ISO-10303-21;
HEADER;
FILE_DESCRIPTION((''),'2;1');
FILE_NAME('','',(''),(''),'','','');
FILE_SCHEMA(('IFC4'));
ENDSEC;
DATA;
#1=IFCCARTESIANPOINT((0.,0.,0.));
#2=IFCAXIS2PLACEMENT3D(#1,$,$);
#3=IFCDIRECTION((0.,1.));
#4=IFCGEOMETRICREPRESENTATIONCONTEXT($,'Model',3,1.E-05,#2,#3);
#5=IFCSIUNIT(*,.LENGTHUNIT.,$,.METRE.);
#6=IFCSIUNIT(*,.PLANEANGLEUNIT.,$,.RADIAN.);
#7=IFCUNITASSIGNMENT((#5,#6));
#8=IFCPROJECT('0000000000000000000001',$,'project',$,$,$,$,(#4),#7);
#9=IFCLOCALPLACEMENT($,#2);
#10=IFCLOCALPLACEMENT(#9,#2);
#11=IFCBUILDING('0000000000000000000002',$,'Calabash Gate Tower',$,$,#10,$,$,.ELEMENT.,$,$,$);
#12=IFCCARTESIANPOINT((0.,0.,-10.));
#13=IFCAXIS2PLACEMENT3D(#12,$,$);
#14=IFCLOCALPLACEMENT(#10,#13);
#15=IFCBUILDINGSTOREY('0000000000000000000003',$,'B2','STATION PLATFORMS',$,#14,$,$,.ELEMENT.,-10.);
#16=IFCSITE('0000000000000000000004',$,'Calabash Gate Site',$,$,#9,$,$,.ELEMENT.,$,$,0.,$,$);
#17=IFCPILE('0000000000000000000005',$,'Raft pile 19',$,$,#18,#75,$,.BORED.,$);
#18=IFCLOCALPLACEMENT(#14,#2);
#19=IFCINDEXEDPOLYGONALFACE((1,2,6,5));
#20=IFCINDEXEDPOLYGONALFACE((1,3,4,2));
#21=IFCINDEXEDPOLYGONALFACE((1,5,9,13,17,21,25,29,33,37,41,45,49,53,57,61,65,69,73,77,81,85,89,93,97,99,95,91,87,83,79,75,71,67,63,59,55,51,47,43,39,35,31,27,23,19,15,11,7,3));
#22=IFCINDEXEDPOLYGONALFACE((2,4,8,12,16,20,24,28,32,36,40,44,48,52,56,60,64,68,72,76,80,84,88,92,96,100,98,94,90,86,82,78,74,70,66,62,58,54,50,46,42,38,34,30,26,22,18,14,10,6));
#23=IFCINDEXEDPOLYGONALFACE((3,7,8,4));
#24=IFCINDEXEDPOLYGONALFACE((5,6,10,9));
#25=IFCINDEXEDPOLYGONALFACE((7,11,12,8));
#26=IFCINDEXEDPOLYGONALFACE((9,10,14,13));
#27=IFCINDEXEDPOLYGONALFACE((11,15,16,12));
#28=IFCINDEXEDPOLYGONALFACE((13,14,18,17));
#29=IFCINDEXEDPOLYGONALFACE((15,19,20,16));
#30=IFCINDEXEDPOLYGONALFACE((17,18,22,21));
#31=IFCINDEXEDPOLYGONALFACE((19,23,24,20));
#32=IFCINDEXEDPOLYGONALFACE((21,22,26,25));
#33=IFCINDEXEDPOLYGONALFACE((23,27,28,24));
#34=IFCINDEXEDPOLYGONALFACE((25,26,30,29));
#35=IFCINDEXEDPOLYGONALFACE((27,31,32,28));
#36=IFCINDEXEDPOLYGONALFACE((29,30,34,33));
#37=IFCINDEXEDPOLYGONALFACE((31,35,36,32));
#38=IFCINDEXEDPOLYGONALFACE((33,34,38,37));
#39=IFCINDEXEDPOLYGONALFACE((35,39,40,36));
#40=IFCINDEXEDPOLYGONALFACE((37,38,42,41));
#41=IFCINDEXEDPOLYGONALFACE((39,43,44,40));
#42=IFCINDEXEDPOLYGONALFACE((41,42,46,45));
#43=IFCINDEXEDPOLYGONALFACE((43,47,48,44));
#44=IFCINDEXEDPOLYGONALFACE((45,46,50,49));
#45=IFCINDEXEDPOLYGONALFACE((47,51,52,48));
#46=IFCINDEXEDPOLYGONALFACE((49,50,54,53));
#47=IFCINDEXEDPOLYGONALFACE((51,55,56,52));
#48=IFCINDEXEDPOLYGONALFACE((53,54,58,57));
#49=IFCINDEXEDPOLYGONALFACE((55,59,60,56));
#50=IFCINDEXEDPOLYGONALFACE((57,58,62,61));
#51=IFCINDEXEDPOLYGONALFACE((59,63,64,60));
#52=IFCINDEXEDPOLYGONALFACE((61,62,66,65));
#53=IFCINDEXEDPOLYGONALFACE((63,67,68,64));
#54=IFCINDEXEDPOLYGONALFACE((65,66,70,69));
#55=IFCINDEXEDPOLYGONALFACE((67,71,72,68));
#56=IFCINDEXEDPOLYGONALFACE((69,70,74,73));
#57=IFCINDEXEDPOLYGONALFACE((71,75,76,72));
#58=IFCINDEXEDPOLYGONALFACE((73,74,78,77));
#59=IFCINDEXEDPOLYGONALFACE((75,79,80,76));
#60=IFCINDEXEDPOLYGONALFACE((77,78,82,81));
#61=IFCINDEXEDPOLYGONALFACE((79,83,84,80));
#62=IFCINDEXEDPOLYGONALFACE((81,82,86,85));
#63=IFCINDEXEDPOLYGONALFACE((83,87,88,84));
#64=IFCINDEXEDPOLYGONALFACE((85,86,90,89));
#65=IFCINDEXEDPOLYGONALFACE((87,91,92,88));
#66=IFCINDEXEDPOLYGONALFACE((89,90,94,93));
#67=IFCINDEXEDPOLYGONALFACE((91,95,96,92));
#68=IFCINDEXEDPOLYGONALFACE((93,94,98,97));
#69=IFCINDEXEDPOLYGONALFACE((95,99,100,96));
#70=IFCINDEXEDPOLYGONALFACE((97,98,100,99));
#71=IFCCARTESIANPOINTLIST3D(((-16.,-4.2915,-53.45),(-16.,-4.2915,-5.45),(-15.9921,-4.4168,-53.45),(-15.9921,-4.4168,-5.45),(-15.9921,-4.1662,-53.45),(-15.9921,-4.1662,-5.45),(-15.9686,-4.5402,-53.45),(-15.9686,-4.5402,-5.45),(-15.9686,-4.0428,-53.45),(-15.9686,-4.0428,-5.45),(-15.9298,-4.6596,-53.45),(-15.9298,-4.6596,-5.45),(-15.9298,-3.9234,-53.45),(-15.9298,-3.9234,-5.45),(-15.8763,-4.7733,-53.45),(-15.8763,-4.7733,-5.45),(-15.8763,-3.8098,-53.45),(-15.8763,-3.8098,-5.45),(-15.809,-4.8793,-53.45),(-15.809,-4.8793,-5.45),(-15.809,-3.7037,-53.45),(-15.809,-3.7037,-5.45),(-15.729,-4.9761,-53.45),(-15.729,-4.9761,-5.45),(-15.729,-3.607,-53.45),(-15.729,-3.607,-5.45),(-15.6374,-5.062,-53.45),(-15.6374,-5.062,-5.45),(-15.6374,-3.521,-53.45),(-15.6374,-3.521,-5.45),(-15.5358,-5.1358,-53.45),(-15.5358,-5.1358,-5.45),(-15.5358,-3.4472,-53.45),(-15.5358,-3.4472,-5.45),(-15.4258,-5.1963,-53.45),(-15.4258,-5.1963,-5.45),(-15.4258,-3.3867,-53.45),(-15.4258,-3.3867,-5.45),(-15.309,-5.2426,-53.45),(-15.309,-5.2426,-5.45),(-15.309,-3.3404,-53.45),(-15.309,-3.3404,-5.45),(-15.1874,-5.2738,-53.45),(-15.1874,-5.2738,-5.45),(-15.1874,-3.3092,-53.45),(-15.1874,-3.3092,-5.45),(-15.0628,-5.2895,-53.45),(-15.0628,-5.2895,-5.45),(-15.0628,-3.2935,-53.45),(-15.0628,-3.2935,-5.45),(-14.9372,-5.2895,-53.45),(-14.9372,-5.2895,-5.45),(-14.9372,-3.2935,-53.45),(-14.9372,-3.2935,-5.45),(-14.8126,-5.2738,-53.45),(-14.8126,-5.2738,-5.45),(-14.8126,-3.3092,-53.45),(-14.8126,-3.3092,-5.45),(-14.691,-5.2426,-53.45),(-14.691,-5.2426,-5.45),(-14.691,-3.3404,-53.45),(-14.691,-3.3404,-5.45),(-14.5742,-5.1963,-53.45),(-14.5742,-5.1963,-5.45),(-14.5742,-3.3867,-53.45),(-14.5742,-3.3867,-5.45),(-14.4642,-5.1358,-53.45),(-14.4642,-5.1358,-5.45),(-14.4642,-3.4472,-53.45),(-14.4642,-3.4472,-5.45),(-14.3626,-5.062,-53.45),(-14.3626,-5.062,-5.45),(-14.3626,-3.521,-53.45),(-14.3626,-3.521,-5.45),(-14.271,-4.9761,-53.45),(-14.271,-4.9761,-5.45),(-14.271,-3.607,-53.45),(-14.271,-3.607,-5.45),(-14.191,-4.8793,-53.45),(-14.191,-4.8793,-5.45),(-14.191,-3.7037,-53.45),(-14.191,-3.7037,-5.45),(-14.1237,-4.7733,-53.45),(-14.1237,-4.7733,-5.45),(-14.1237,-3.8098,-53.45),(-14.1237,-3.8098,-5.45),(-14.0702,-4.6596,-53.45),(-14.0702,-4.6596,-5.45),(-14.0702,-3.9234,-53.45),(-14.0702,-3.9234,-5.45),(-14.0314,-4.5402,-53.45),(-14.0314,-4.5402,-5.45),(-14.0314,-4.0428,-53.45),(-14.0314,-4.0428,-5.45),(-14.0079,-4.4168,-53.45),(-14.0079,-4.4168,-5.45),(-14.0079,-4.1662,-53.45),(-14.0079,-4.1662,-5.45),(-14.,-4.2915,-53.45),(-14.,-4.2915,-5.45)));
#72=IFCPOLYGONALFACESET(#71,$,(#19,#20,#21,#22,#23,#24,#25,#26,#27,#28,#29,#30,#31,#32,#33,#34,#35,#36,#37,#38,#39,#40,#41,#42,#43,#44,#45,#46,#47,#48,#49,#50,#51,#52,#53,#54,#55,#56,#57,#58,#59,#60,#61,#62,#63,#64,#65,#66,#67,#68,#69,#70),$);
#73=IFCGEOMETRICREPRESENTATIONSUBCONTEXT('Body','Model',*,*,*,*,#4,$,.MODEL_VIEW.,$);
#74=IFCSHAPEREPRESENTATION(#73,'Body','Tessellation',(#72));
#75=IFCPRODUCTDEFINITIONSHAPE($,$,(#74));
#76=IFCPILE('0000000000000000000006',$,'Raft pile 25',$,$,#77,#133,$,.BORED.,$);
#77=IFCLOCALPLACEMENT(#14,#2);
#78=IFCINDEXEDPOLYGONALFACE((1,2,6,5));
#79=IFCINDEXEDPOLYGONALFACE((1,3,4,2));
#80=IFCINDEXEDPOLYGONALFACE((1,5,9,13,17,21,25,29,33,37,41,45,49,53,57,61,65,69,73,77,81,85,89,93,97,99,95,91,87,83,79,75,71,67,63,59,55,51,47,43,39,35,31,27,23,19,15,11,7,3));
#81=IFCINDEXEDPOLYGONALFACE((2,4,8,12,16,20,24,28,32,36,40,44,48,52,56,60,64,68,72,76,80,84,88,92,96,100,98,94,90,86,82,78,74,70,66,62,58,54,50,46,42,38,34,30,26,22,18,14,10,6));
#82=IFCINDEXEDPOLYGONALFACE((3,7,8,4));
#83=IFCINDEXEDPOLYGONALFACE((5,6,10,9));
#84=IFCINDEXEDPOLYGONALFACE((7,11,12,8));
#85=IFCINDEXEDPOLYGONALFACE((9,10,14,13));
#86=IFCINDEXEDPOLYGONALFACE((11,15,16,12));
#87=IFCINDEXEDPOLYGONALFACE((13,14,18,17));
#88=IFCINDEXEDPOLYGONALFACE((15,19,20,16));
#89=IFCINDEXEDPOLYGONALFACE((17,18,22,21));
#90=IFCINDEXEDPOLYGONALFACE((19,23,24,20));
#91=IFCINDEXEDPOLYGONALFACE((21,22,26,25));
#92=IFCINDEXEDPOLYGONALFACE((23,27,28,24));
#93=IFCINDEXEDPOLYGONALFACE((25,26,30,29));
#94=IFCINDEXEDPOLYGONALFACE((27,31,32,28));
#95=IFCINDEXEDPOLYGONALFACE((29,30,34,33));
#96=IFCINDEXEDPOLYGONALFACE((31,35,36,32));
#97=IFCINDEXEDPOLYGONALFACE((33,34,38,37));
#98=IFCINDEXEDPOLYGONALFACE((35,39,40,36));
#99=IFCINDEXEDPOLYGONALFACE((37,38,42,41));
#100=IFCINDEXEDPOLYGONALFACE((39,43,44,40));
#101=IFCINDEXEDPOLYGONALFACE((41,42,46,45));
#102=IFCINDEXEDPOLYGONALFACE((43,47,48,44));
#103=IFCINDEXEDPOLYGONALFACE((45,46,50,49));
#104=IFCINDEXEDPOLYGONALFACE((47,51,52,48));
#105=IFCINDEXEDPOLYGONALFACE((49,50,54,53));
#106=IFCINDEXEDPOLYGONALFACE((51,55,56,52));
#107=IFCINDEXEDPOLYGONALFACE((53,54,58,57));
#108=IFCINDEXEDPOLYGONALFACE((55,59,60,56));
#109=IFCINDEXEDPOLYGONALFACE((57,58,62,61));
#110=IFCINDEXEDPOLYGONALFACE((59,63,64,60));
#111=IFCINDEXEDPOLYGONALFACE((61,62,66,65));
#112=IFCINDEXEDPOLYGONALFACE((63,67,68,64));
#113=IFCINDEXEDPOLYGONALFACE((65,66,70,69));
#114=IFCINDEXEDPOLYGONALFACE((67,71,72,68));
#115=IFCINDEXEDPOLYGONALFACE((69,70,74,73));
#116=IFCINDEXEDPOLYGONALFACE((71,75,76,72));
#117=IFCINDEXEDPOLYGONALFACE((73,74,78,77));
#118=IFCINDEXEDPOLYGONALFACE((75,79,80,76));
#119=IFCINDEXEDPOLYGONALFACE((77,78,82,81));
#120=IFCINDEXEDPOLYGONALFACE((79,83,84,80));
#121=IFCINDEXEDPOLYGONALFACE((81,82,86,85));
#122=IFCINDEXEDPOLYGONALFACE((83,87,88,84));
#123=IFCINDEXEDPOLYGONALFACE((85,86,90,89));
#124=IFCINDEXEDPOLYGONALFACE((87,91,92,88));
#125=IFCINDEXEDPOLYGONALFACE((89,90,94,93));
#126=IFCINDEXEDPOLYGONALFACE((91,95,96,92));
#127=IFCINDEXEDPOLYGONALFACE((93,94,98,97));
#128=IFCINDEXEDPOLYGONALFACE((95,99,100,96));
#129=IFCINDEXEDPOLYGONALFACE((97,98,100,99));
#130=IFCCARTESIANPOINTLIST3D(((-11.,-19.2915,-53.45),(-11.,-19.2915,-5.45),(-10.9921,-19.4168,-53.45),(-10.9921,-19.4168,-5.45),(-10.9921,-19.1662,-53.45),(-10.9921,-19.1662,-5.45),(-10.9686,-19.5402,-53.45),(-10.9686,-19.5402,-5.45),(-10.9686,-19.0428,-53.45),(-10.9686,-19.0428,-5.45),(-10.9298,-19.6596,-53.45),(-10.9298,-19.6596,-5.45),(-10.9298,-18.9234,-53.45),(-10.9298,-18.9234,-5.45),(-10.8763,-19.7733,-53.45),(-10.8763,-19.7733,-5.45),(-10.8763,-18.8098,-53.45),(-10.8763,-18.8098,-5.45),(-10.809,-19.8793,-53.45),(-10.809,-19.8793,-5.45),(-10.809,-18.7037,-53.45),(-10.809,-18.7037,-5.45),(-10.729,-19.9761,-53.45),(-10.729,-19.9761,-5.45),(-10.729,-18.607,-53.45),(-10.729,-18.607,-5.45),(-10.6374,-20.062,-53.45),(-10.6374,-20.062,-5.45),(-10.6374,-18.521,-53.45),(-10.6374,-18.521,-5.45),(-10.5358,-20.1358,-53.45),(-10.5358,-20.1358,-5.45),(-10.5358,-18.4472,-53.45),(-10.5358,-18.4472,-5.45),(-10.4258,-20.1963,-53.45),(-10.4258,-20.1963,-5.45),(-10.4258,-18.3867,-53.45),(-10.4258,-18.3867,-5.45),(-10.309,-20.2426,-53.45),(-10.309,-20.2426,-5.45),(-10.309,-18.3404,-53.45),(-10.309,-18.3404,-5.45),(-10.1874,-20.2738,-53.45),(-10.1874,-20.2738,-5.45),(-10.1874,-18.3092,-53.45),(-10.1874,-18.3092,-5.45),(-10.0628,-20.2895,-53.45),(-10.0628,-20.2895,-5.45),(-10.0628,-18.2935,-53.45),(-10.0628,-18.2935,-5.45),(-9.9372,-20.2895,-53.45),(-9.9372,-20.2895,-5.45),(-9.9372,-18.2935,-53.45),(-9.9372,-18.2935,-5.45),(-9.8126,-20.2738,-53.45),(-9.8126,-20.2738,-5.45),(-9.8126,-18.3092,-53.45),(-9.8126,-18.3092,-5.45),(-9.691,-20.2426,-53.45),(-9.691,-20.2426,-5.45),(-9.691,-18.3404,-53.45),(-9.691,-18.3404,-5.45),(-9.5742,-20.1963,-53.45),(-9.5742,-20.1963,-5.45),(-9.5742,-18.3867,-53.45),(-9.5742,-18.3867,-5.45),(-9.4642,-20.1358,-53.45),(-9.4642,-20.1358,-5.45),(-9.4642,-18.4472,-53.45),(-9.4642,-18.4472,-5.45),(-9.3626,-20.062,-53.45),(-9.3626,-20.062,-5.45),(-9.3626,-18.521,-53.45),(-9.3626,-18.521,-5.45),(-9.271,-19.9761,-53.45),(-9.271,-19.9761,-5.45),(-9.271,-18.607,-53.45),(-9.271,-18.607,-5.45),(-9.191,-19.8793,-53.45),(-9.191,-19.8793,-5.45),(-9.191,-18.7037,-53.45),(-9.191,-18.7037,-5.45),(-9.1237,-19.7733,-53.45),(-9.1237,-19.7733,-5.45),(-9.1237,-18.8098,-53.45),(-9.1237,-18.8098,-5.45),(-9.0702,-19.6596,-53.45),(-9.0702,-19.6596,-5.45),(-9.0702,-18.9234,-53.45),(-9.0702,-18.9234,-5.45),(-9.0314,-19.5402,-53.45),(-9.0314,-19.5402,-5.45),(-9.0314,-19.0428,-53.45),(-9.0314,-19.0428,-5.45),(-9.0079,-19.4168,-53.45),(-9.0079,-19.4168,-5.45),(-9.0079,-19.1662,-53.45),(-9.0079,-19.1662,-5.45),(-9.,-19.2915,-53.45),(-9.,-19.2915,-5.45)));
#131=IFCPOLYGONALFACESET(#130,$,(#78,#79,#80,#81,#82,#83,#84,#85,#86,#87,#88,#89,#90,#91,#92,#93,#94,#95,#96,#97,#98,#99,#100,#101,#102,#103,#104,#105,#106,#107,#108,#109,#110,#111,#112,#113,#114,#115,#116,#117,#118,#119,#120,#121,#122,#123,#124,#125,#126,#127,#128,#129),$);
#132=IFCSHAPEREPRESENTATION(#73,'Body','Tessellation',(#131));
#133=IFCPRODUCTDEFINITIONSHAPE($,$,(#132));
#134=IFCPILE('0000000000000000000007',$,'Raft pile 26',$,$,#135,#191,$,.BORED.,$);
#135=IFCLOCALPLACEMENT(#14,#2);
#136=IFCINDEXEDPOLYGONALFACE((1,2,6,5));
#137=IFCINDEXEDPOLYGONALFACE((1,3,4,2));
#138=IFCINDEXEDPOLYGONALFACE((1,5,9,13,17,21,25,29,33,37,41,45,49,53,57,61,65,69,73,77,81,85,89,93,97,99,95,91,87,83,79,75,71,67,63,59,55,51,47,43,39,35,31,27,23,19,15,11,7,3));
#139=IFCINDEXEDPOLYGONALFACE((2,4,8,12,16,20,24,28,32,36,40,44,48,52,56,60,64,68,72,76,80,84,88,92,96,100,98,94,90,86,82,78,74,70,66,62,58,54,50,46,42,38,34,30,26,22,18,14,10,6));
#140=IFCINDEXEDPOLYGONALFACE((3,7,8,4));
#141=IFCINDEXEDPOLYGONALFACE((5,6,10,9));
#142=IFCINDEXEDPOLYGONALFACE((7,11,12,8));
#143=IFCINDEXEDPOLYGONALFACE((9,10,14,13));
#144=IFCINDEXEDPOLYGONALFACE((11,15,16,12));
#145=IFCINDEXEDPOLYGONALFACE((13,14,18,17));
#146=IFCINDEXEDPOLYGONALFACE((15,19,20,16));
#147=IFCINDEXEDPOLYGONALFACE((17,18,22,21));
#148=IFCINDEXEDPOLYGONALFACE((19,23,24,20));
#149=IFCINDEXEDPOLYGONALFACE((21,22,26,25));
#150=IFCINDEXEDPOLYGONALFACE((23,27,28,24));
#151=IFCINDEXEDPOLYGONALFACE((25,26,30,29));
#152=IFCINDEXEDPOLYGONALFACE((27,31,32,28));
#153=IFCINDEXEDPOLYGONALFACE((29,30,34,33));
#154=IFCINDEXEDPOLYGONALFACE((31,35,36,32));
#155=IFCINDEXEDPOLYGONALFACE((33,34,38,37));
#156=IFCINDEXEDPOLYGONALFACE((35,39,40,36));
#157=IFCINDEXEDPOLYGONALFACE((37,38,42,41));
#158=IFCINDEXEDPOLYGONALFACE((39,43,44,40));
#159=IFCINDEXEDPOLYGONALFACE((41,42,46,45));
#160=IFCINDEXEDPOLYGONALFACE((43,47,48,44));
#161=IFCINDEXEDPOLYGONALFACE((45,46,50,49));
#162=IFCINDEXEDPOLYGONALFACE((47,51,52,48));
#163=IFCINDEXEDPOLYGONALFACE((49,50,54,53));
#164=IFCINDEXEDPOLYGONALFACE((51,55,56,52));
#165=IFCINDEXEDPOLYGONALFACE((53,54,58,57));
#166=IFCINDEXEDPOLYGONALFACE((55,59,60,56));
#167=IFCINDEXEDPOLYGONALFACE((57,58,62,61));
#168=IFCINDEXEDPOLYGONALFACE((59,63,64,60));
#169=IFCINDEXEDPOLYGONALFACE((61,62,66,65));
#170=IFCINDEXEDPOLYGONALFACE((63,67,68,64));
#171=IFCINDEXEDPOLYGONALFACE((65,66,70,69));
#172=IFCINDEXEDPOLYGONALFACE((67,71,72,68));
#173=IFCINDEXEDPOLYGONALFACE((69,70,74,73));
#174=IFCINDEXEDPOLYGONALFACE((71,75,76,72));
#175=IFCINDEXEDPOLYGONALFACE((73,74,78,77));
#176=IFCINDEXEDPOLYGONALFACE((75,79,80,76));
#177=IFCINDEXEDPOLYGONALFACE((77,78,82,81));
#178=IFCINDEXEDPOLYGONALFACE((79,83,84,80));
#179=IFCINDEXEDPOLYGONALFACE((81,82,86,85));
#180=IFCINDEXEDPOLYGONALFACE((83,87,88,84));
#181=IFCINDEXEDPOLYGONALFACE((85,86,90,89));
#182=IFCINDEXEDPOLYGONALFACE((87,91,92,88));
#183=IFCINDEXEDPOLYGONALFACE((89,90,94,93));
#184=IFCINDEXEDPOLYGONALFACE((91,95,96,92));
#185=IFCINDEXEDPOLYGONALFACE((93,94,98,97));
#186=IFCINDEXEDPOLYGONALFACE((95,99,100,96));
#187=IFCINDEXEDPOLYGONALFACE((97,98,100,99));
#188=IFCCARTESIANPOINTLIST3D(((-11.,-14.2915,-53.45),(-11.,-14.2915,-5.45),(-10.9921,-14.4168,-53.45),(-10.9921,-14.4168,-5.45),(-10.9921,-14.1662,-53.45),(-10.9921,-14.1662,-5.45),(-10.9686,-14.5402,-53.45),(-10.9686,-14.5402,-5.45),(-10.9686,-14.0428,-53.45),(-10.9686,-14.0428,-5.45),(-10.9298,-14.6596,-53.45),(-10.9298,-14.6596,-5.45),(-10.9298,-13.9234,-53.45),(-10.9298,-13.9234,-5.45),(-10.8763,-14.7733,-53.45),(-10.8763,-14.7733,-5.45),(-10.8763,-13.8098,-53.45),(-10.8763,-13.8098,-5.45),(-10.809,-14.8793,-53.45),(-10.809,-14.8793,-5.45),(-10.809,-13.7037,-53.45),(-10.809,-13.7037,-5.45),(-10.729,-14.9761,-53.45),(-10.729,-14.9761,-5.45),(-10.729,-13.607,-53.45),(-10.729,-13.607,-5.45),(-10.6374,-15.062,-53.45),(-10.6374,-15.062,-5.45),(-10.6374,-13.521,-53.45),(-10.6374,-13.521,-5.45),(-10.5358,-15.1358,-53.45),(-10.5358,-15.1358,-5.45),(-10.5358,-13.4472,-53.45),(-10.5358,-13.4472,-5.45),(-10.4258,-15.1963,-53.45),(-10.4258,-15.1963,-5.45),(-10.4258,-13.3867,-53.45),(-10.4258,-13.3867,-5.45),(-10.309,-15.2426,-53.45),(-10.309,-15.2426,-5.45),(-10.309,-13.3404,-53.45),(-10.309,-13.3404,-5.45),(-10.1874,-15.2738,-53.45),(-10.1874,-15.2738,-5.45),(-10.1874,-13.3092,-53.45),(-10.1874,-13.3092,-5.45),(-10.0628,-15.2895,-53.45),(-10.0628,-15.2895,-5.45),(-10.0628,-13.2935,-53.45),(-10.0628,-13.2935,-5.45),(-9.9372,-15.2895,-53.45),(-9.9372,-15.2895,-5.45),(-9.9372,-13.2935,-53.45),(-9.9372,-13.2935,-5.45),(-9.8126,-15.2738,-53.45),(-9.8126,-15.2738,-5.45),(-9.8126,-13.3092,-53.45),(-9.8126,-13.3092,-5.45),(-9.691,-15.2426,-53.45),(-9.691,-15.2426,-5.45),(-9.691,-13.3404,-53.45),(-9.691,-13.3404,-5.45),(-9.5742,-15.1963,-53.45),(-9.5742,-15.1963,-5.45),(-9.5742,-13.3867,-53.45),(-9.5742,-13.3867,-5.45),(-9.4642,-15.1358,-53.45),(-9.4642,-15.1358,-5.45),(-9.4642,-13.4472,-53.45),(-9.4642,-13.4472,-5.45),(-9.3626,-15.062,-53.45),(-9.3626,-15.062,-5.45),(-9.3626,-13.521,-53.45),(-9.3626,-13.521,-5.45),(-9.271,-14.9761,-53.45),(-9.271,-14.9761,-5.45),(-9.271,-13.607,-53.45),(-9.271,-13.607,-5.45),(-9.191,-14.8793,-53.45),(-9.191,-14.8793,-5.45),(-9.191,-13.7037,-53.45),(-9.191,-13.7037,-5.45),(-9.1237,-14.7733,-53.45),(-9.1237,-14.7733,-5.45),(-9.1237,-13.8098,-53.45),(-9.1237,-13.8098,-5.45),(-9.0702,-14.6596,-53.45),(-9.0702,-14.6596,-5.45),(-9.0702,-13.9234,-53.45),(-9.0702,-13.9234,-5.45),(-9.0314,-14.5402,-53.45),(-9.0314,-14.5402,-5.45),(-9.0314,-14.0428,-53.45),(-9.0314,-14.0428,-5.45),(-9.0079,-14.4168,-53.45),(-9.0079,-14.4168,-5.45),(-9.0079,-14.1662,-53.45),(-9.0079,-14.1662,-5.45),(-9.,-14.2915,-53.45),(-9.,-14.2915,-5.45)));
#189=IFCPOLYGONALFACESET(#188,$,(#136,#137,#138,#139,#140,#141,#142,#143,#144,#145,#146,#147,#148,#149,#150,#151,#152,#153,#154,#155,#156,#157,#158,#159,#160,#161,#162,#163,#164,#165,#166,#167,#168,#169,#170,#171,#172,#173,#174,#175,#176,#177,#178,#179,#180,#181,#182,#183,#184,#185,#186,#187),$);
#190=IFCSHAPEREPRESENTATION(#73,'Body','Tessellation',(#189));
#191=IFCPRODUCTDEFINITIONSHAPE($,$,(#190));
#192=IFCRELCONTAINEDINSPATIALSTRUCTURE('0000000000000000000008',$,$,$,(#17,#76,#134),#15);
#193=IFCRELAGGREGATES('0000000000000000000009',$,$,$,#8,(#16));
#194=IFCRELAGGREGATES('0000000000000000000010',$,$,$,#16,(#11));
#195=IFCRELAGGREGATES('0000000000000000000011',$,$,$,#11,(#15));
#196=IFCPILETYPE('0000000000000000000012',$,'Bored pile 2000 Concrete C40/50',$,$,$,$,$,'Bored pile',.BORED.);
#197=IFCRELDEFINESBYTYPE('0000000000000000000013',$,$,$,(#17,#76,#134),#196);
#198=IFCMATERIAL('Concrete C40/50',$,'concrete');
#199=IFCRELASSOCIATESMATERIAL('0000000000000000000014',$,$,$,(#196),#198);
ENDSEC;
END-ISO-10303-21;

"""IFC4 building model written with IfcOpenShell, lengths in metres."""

from ifc_helpers import new_model, si_unit, direction, frame, origin, origin_2d, place, context, subcontext, project, spatial, circle, extrude, material, material_profile, profile_set, type_object, element, save


model = new_model("IFC4")

# Units and contexts
model_context = context("Model", 3, precision=1e-05, world=origin(), true_north=direction((0.0, 1.0)))
body_context = subcontext(model_context, "Body", "Model", "MODEL_VIEW")
ifc_project = project(units=[si_unit("LENGTHUNIT", "METRE"), si_unit("PLANEANGLEUNIT", "RADIAN")], contexts=[model_context])

# Site, building, storey
site_placement = place(None, origin())
site = spatial("IfcSite", under=ifc_project, at=site_placement, Name="Calabash Gate Site", CompositionType="ELEMENT", RefElevation=0.0)
building_placement = place(site_placement, origin())
building = spatial("IfcBuilding", under=site, at=building_placement, Name="Calabash Gate Tower", CompositionType="ELEMENT")
storey_placement = place(building_placement, frame((0.0, 0.0, -10.0)))
storey = spatial("IfcBuildingStorey", under=building, at=storey_placement, Name="B2", Description="STATION PLATFORMS", CompositionType="ELEMENT", Elevation=-10.0)

# Piles
ifc_material_1 = material(Name="Concrete C40/50", Category="concrete")
ifc_material_profile_1 = material_profile(ifc_material_1, circle(Radius=1.0, at=origin_2d()))
ifc_profile_set_1 = profile_set([ifc_material_profile_1], Name="Concrete C40/50")
pile_type_1 = type_object("IfcPileType", Name="Bored pile 2000 Concrete C40/50", ElementType="Bored pile", PredefinedType="BORED", material=ifc_profile_set_1)
for number, where, z_axis, x_axis, name in (
    (1, (-15.0, -4.2915, -5.45), (0.0, 0.0, -1.0), (1.0, 0.0, 0.0), "Raft pile 19"),
    (2, (-10.0, -19.2915, -5.45), (0.0, 0.0, -1.0), (1.0, 0.0, 0.0), "Raft pile 25"),
    (3, (-10.0, -14.2915, -5.45), (0.0, 0.0, -1.0), (1.0, 0.0, 0.0), "Raft pile 26"),
):
    element("IfcPile", number, at=place(storey_placement, frame(where, z_axis=z_axis, x_axis=x_axis)), inside=storey, type_object=pile_type_1, Name=name, PredefinedType="BORED", context=body_context, shape_type="SweptSolid", body=[
        extrude(circle(Radius=1.0, at=origin_2d()), origin(), (0.0, 0.0, 1.0), 48.0),
    ])

save(model, "model.ifc")
